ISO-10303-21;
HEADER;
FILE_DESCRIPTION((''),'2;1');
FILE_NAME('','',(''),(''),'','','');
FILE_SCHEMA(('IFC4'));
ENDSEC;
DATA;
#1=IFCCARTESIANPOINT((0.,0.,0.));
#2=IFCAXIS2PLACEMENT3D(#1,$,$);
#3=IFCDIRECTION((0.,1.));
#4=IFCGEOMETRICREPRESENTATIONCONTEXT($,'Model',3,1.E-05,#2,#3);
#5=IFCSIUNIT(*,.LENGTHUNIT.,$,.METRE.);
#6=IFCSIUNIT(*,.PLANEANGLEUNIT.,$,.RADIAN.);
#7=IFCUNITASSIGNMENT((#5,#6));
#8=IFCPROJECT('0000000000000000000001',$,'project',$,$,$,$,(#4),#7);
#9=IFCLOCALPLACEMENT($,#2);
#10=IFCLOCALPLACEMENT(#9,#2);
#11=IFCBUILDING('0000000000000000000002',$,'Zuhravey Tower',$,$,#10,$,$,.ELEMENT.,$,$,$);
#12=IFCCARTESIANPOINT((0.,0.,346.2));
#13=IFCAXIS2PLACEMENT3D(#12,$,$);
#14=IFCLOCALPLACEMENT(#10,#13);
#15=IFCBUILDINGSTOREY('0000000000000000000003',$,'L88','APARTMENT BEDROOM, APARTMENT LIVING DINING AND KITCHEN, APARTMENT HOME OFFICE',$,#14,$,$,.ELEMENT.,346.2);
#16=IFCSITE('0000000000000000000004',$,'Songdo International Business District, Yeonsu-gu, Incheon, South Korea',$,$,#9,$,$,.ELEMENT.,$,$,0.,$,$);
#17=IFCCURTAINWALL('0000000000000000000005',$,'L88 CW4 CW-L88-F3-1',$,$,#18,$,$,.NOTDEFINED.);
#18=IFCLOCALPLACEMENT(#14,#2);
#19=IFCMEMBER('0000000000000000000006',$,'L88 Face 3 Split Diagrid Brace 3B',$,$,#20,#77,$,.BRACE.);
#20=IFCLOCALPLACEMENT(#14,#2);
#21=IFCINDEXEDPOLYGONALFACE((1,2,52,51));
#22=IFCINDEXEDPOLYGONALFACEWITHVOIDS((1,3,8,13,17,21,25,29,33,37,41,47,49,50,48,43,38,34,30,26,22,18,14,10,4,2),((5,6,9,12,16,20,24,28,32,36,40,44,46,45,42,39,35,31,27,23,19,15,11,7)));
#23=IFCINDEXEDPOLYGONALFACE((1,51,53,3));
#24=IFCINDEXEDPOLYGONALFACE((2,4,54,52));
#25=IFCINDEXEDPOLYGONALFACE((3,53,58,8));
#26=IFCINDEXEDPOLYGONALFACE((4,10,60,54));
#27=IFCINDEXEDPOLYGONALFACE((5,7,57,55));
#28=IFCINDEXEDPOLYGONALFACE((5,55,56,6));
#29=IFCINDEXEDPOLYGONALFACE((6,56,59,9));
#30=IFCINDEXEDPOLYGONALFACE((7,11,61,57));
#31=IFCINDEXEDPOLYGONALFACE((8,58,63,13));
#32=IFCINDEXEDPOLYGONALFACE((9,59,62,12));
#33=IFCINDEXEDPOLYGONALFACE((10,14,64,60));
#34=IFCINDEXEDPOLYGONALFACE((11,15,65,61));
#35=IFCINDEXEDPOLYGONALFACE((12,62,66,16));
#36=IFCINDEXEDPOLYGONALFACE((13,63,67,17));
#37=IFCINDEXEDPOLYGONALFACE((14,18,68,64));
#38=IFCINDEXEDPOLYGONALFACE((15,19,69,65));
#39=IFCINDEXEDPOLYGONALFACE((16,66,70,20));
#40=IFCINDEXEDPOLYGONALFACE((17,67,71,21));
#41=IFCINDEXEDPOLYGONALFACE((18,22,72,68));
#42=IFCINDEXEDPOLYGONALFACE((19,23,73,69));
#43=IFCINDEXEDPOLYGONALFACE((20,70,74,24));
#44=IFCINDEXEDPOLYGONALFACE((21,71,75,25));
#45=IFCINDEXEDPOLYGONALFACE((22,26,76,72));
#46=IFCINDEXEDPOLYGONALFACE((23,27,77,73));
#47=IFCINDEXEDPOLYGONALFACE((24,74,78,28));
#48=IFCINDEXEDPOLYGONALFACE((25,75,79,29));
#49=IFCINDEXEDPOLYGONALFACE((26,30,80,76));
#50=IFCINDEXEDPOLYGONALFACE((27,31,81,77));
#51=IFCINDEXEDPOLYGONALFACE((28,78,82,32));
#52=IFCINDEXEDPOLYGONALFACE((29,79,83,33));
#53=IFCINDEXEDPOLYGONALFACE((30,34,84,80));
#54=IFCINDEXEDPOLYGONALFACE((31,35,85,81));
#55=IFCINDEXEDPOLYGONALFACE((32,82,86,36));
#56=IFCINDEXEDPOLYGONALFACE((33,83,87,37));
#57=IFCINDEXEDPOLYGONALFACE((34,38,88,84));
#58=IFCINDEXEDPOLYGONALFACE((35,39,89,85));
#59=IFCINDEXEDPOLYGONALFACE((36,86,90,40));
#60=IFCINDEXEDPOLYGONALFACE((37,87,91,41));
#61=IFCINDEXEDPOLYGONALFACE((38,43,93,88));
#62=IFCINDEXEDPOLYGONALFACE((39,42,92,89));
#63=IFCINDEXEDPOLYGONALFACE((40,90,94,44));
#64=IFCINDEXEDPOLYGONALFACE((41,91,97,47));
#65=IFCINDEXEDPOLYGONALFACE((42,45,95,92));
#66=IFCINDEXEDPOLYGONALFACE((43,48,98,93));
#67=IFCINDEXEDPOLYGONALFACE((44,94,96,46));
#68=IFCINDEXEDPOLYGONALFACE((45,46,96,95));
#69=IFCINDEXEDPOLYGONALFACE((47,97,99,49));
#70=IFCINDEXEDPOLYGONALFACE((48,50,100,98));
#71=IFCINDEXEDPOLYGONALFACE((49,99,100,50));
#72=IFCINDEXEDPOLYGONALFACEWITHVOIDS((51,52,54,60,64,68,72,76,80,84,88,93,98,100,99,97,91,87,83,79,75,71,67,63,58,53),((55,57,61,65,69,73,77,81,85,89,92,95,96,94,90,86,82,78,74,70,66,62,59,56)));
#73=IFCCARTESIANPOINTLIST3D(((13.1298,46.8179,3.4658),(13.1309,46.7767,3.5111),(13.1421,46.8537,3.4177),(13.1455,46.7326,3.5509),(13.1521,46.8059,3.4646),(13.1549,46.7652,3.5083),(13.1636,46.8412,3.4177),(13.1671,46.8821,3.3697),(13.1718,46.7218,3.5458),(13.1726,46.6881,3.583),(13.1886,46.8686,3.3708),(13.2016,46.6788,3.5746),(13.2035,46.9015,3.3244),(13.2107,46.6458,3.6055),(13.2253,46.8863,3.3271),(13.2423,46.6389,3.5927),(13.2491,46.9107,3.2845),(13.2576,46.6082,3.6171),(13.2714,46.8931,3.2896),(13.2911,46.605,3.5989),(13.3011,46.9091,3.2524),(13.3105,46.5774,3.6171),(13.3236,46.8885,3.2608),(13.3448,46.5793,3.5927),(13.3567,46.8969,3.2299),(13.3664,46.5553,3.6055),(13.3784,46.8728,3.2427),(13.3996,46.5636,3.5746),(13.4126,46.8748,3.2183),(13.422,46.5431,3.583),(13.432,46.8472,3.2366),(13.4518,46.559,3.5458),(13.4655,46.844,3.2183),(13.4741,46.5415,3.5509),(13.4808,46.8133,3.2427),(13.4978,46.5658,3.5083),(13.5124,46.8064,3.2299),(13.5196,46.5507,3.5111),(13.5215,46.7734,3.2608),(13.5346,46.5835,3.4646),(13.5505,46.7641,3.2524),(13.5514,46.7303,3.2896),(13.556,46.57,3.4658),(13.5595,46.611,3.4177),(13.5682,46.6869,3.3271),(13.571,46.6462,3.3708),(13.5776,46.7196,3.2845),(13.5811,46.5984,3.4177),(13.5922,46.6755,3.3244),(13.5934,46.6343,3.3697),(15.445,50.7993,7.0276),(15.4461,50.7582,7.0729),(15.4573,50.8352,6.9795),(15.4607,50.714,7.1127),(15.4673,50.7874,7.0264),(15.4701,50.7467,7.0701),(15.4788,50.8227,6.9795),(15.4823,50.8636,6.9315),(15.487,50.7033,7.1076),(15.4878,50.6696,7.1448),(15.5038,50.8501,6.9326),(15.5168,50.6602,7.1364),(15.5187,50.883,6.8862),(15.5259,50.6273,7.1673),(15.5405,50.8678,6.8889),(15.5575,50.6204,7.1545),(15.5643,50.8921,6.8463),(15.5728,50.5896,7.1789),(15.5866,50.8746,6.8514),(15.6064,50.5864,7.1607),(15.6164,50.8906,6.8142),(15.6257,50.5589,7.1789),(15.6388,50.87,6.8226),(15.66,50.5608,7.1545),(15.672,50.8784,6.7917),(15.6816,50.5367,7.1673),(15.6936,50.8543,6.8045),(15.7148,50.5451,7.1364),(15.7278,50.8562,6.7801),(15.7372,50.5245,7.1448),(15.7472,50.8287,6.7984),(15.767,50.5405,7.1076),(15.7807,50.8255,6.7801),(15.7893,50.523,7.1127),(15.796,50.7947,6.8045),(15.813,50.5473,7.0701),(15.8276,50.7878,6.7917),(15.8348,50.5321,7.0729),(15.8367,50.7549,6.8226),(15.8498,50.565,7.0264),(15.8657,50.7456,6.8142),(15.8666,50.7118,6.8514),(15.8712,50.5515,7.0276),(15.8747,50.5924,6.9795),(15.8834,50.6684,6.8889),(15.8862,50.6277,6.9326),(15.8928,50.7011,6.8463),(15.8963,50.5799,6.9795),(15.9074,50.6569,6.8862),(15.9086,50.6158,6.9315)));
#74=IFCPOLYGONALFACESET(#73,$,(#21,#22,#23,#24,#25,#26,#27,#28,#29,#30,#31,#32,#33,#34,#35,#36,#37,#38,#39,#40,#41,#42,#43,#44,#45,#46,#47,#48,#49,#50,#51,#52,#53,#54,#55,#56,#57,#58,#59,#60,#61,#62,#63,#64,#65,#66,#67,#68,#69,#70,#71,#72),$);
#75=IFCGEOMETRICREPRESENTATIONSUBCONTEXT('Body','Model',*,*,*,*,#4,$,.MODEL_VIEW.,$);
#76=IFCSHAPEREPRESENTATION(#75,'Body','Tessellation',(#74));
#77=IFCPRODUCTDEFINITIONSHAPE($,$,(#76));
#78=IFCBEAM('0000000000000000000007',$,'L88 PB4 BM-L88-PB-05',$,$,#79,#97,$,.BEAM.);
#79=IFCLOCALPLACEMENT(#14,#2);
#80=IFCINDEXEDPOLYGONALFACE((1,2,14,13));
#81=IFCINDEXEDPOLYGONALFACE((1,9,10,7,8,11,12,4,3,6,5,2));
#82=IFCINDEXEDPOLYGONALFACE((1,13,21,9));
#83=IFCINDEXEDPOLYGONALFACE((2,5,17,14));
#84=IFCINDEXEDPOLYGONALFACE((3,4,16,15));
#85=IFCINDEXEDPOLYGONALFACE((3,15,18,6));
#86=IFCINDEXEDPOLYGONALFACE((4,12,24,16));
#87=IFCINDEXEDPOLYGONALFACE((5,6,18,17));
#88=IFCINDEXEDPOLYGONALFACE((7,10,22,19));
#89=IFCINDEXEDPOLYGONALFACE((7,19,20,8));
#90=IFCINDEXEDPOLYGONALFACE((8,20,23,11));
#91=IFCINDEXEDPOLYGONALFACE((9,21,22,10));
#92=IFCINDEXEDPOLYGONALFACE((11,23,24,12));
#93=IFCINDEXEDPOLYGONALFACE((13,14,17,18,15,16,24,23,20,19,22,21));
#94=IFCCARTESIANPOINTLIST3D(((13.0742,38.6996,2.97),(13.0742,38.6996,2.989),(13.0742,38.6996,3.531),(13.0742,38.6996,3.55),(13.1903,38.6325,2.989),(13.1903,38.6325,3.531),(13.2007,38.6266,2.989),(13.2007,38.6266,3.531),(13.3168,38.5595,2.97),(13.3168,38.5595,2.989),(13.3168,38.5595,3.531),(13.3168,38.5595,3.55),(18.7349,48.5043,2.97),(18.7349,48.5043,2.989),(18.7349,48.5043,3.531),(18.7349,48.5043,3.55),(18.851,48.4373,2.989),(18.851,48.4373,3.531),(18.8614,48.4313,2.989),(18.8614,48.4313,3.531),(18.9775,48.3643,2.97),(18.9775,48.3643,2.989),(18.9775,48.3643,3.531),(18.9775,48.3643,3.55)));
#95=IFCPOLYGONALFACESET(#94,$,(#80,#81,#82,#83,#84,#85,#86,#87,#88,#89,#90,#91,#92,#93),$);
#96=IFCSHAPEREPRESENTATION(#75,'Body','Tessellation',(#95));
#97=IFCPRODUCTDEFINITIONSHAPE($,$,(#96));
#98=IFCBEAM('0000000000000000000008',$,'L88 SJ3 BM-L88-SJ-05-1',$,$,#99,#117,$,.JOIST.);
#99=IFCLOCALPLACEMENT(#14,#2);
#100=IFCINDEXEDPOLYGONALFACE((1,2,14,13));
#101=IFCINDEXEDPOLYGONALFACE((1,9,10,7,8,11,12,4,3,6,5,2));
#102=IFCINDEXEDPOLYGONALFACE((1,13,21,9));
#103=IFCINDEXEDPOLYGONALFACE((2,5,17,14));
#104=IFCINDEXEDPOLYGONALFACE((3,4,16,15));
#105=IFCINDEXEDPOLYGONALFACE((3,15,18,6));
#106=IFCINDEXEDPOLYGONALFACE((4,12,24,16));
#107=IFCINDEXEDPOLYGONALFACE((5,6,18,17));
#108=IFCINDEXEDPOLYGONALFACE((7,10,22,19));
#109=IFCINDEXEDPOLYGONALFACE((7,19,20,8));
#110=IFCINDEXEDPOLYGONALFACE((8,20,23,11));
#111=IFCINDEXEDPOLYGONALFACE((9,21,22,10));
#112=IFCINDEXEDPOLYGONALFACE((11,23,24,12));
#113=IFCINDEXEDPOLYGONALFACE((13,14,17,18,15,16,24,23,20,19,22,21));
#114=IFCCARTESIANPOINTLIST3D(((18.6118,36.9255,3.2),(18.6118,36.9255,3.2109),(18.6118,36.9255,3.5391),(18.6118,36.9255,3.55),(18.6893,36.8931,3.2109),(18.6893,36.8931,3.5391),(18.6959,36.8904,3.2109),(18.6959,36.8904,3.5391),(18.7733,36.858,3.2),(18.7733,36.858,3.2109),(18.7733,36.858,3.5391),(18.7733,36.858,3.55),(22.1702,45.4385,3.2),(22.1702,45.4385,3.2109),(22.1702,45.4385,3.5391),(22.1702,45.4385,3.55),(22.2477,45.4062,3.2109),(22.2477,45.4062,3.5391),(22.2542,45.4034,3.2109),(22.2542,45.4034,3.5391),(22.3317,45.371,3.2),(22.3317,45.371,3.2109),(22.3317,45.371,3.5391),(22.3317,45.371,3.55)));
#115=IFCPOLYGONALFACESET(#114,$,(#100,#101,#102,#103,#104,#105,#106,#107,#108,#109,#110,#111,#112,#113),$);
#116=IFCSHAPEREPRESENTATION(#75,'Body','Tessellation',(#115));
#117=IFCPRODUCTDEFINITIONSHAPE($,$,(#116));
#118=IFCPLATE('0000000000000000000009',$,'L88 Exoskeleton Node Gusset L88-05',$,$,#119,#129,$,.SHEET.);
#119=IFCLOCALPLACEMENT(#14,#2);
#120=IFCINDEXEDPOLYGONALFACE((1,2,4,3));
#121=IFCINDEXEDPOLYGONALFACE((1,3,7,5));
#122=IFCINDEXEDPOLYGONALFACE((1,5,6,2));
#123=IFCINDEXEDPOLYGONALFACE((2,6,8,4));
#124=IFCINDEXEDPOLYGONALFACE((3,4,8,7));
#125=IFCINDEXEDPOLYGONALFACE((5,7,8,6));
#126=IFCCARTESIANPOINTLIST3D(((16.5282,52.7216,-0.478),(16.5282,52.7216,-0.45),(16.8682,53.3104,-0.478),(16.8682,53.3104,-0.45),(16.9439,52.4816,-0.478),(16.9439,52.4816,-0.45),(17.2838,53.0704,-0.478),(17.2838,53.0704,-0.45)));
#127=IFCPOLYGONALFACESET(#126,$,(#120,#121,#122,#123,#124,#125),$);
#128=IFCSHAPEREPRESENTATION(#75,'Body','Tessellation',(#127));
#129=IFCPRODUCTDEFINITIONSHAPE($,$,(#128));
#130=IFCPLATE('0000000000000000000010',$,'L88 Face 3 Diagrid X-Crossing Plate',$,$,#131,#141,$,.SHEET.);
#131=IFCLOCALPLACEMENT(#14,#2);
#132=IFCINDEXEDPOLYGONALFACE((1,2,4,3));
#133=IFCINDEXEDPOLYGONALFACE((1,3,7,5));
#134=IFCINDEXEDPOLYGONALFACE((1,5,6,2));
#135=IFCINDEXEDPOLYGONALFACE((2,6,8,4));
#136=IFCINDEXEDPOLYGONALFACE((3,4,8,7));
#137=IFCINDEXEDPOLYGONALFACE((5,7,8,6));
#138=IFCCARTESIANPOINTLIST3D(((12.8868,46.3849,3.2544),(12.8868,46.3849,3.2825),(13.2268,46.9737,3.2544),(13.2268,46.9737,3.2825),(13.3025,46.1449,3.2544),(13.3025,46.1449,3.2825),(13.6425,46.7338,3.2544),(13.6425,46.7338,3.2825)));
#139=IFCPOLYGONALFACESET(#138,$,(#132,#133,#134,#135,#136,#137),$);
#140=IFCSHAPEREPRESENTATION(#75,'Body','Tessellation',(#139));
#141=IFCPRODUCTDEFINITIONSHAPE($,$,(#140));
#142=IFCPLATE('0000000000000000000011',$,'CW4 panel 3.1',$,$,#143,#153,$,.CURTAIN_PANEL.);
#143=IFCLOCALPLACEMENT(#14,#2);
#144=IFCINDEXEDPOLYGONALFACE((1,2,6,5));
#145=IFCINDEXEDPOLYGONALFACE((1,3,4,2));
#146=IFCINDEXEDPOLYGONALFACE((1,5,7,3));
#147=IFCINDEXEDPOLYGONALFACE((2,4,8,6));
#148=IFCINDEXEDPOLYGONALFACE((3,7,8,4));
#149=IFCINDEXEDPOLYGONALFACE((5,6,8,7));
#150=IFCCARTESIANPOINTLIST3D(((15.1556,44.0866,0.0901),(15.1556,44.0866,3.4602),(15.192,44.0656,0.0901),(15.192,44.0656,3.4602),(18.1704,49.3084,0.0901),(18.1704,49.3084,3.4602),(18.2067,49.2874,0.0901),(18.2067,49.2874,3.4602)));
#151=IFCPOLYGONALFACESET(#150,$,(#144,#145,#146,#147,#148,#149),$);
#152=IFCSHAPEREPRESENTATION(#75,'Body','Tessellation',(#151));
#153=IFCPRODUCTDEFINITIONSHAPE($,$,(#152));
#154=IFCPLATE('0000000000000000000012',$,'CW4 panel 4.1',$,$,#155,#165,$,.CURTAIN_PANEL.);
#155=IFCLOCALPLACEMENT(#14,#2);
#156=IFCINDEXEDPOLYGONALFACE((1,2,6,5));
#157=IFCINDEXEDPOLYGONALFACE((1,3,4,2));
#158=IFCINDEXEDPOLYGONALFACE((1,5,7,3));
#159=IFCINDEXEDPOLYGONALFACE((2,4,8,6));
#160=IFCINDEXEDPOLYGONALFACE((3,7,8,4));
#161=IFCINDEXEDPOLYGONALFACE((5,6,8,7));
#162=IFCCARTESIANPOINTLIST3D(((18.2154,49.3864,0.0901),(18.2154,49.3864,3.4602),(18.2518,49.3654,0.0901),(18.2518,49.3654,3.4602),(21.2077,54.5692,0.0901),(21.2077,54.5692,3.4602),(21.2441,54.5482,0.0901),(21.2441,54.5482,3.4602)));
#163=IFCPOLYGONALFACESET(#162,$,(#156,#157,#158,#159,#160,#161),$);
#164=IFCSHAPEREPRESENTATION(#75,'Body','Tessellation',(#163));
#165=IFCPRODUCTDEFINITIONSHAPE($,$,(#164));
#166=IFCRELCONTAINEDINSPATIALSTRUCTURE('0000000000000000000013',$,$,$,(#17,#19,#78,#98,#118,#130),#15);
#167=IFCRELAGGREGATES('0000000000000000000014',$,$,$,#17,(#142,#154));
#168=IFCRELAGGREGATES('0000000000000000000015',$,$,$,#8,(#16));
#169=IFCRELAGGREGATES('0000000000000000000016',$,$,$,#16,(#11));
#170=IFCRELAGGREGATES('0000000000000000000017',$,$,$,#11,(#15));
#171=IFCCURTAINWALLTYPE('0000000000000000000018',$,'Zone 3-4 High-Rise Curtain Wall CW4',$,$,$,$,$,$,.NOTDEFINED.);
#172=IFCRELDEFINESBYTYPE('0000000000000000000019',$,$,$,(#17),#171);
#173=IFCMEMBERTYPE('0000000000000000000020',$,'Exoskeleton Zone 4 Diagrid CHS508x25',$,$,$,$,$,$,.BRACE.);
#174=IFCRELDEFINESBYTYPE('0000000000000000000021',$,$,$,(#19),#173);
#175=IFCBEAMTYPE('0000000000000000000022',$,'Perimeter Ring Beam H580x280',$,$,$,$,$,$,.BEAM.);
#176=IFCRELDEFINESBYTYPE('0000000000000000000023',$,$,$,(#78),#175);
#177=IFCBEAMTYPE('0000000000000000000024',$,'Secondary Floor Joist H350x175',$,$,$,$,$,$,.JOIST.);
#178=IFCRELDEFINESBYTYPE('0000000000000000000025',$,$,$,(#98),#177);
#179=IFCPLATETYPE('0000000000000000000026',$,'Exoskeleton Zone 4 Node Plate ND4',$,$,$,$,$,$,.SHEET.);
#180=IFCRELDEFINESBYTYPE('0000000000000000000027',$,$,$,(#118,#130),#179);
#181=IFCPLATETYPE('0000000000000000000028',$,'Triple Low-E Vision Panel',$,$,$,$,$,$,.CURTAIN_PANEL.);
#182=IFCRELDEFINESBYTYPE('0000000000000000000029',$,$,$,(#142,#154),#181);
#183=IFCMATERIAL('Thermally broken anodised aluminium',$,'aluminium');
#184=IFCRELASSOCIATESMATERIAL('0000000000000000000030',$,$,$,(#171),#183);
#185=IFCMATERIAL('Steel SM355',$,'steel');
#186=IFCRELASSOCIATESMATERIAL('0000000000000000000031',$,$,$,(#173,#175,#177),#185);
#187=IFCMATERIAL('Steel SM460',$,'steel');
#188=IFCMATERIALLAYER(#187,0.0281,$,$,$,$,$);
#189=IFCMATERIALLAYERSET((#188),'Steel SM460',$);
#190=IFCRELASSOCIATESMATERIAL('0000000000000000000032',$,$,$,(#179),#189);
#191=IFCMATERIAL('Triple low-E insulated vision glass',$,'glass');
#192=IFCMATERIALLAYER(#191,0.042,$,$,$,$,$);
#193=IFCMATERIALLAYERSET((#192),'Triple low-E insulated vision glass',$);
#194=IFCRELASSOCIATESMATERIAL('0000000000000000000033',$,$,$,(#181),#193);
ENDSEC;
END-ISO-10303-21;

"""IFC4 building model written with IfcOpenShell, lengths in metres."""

from ifc_helpers import new_model, si_unit, direction, frame, origin, origin_2d, place, context, subcontext, project, spatial, rectangle, hollow_circle, i_section, extrude, material, layer, layer_set, material_profile, profile_set, type_object, element, aggregate, save


model = new_model("IFC4")

# Units and contexts
model_context = context("Model", 3, precision=1e-05, world=origin(), true_north=direction((0.0, 1.0)))
body_context = subcontext(model_context, "Body", "Model", "MODEL_VIEW")
ifc_project = project(units=[si_unit("LENGTHUNIT", "METRE"), si_unit("PLANEANGLEUNIT", "RADIAN")], contexts=[model_context])

# Site, building, storey
site_placement = place(None, origin())
site = spatial("IfcSite", under=ifc_project, at=site_placement, Name="Songdo International Business District, Yeonsu-gu, Incheon, South Korea", CompositionType="ELEMENT", RefElevation=0.0)
building_placement = place(site_placement, origin())
building = spatial("IfcBuilding", under=site, at=building_placement, Name="Zuhravey Tower", CompositionType="ELEMENT")
storey_placement = place(building_placement, frame((0.0, 0.0, 346.2)))
storey = spatial("IfcBuildingStorey", under=building, at=storey_placement, Name="L88", Description="APARTMENT BEDROOM, APARTMENT LIVING DINING AND KITCHEN, APARTMENT HOME OFFICE", CompositionType="ELEMENT", Elevation=346.2)

# Curtain wall
ifc_material_1 = material(Name="Thermally broken anodised aluminium", Category="aluminium")
curtain_wall_type = type_object("IfcCurtainWallType", Name="Zone 3-4 High-Rise Curtain Wall CW4", PredefinedType="NOTDEFINED", material=ifc_material_1)
curtain_wall_1_placement = place(storey_placement, origin())
curtain_wall_1 = element("IfcCurtainWall", 1, at=curtain_wall_1_placement, inside=storey, type_object=curtain_wall_type, Name="L88 CW4 CW-L88-F3-1", PredefinedType="NOTDEFINED")

# Member
ifc_material_2 = material(Name="Steel SM355", Category="steel")
ifc_material_profile_1 = material_profile(ifc_material_2, hollow_circle(Radius=0.2539, WallThickness=0.0249, at=origin_2d()), Name="CHS-508.0x25")
ifc_profile_set_1 = profile_set([ifc_material_profile_1], Name="Steel SM355")
member_type_1 = type_object("IfcMemberType", Name="Exoskeleton Zone 4 Diagrid CHS508x25", PredefinedType="BRACE", material=ifc_profile_set_1)
member_1_placement = place(storey_placement, frame((13.3616, 46.7261, 3.4177), z_axis=(0.397647, 0.683837, 0.611755), x_axis=(-0.86447, 0.502684, 0.0)))
element("IfcMember", 2, at=member_1_placement, inside=storey, type_object=member_type_1, Name="L88 Face 3 Split Diagrid Brace 3B", PredefinedType="BRACE", context=body_context, shape_type="SweptSolid", body=[
    extrude(hollow_circle(Radius=0.2539, WallThickness=0.0249, at=origin_2d()), origin(), (0.0, 0.0, 1.0), 5.8223),
])

# Beams
ifc_material_profile_2 = material_profile(ifc_material_2, i_section(OverallWidth=0.28, OverallDepth=0.5801, WebThickness=0.012, FlangeThickness=0.019, at=origin_2d()), Name="H-580x280x12x19")
ifc_profile_set_2 = profile_set([ifc_material_profile_2], Name="Steel SM355")
beam_type_1 = type_object("IfcBeamType", Name="Perimeter Ring Beam H580x280", PredefinedType="BEAM", material=ifc_profile_set_2)
beam_1_placement = place(storey_placement, frame((18.8562, 48.4343, 3.26), z_axis=(-0.499994, -0.866029, 0.0), x_axis=(0.866029, -0.499994, 0.0)))
element("IfcBeam", 3, at=beam_1_placement, inside=storey, type_object=beam_type_1, Name="L88 PB4 BM-L88-PB-05", PredefinedType="BEAM", context=body_context, shape_type="SweptSolid", body=[
    extrude(i_section(OverallWidth=0.28, OverallDepth=0.5801, WebThickness=0.012, FlangeThickness=0.019, at=origin_2d()), origin(), (0.0, 0.0, 1.0), 11.3215),
])
ifc_material_profile_3 = material_profile(ifc_material_2, i_section(OverallWidth=0.175, OverallDepth=0.3501, WebThickness=0.0071, FlangeThickness=0.011, at=origin_2d()), Name="H-350x175x7x11")
ifc_profile_set_3 = profile_set([ifc_material_profile_3], Name="Steel SM355")
beam_type_2 = type_object("IfcBeamType", Name="Secondary Floor Joist H350x175", PredefinedType="JOIST", material=ifc_profile_set_3)
beam_2_placement = place(storey_placement, frame((22.251, 45.4048, 3.375), z_axis=(-0.385658, -0.922642, 0.0), x_axis=(0.922642, -0.385658, 0.0)))
element("IfcBeam", 4, at=beam_2_placement, inside=storey, type_object=beam_type_2, Name="L88 SJ3 BM-L88-SJ-05-1", PredefinedType="JOIST", context=body_context, shape_type="SweptSolid", body=[
    extrude(i_section(OverallWidth=0.175, OverallDepth=0.3501, WebThickness=0.0071, FlangeThickness=0.011, at=origin_2d()), origin(), (0.0, 0.0, 1.0), 9.2268),
])

# Plates
ifc_material_3 = material(Name="Steel SM460", Category="steel")
ifc_layer_1 = layer(ifc_material_3, 0.0281)
ifc_layer_set_1 = layer_set([ifc_layer_1], Name="Steel SM460")
plate_type_1 = type_object("IfcPlateType", Name="Exoskeleton Zone 4 Node Plate ND4", PredefinedType="SHEET", material=ifc_layer_set_1)
for number, where, z_axis, x_axis, name in (
    (5, (16.906, 52.896, -0.478), (0.0, 0.0, 1.0), (-0.5, -0.866025, 0.0), "L88 Exoskeleton Node Gusset L88-05"),
    (6, (13.2646, 46.5593, 3.2544), (0.0, 0.0, 1.0), (-0.5, -0.866025, 0.0), "L88 Face 3 Diagrid X-Crossing Plate"),
):
    element("IfcPlate", number, at=place(storey_placement, frame(where, z_axis=z_axis, x_axis=x_axis)), inside=storey, type_object=plate_type_1, Name=name, PredefinedType="SHEET", context=body_context, shape_type="SweptSolid", body=[
        extrude(rectangle(XDim=0.6799, YDim=0.48, at=origin_2d()), origin(), (0.0, 0.0, 1.0), 0.0281),
    ])

# Plates
ifc_material_4 = material(Name="Triple low-E insulated vision glass", Category="glass")
ifc_layer_2 = layer(ifc_material_4, 0.042)
ifc_layer_set_2 = layer_set([ifc_layer_2], Name="Triple low-E insulated vision glass")
plate_type_2 = type_object("IfcPlateType", Name="Triple Low-E Vision Panel", PredefinedType="CURTAIN_PANEL", material=ifc_layer_set_2)
plate_1_placement = place(storey_placement, frame((16.6812, 46.687, 0.0901), z_axis=(0.0, 0.0, 1.0), x_axis=(0.5, 0.866026, 0.0)))
plate_1 = element("IfcPlate", 7, at=plate_1_placement, type_object=plate_type_2, Name="CW4 panel 3.1", PredefinedType="CURTAIN_PANEL", context=body_context, shape_type="SweptSolid", body=[
    extrude(rectangle(XDim=6.0295, YDim=0.042, at=origin_2d()), origin(), (0.0, 0.0, 1.0), 3.3701),
])
plate_2_placement = place(storey_placement, frame((19.7297, 51.9673, 0.0901), z_axis=(0.0, 0.0, 1.0), x_axis=(0.5, 0.866026, 0.0)))
plate_2 = element("IfcPlate", 8, at=plate_2_placement, type_object=plate_type_2, Name="CW4 panel 4.1", PredefinedType="CURTAIN_PANEL", context=body_context, shape_type="SweptSolid", body=[
    extrude(rectangle(XDim=5.9846, YDim=0.042, at=origin_2d()), origin(), (0.0, 0.0, 1.0), 3.3701),
])
aggregate(curtain_wall_1, [plate_1, plate_2])

save(model, "model.ifc")
